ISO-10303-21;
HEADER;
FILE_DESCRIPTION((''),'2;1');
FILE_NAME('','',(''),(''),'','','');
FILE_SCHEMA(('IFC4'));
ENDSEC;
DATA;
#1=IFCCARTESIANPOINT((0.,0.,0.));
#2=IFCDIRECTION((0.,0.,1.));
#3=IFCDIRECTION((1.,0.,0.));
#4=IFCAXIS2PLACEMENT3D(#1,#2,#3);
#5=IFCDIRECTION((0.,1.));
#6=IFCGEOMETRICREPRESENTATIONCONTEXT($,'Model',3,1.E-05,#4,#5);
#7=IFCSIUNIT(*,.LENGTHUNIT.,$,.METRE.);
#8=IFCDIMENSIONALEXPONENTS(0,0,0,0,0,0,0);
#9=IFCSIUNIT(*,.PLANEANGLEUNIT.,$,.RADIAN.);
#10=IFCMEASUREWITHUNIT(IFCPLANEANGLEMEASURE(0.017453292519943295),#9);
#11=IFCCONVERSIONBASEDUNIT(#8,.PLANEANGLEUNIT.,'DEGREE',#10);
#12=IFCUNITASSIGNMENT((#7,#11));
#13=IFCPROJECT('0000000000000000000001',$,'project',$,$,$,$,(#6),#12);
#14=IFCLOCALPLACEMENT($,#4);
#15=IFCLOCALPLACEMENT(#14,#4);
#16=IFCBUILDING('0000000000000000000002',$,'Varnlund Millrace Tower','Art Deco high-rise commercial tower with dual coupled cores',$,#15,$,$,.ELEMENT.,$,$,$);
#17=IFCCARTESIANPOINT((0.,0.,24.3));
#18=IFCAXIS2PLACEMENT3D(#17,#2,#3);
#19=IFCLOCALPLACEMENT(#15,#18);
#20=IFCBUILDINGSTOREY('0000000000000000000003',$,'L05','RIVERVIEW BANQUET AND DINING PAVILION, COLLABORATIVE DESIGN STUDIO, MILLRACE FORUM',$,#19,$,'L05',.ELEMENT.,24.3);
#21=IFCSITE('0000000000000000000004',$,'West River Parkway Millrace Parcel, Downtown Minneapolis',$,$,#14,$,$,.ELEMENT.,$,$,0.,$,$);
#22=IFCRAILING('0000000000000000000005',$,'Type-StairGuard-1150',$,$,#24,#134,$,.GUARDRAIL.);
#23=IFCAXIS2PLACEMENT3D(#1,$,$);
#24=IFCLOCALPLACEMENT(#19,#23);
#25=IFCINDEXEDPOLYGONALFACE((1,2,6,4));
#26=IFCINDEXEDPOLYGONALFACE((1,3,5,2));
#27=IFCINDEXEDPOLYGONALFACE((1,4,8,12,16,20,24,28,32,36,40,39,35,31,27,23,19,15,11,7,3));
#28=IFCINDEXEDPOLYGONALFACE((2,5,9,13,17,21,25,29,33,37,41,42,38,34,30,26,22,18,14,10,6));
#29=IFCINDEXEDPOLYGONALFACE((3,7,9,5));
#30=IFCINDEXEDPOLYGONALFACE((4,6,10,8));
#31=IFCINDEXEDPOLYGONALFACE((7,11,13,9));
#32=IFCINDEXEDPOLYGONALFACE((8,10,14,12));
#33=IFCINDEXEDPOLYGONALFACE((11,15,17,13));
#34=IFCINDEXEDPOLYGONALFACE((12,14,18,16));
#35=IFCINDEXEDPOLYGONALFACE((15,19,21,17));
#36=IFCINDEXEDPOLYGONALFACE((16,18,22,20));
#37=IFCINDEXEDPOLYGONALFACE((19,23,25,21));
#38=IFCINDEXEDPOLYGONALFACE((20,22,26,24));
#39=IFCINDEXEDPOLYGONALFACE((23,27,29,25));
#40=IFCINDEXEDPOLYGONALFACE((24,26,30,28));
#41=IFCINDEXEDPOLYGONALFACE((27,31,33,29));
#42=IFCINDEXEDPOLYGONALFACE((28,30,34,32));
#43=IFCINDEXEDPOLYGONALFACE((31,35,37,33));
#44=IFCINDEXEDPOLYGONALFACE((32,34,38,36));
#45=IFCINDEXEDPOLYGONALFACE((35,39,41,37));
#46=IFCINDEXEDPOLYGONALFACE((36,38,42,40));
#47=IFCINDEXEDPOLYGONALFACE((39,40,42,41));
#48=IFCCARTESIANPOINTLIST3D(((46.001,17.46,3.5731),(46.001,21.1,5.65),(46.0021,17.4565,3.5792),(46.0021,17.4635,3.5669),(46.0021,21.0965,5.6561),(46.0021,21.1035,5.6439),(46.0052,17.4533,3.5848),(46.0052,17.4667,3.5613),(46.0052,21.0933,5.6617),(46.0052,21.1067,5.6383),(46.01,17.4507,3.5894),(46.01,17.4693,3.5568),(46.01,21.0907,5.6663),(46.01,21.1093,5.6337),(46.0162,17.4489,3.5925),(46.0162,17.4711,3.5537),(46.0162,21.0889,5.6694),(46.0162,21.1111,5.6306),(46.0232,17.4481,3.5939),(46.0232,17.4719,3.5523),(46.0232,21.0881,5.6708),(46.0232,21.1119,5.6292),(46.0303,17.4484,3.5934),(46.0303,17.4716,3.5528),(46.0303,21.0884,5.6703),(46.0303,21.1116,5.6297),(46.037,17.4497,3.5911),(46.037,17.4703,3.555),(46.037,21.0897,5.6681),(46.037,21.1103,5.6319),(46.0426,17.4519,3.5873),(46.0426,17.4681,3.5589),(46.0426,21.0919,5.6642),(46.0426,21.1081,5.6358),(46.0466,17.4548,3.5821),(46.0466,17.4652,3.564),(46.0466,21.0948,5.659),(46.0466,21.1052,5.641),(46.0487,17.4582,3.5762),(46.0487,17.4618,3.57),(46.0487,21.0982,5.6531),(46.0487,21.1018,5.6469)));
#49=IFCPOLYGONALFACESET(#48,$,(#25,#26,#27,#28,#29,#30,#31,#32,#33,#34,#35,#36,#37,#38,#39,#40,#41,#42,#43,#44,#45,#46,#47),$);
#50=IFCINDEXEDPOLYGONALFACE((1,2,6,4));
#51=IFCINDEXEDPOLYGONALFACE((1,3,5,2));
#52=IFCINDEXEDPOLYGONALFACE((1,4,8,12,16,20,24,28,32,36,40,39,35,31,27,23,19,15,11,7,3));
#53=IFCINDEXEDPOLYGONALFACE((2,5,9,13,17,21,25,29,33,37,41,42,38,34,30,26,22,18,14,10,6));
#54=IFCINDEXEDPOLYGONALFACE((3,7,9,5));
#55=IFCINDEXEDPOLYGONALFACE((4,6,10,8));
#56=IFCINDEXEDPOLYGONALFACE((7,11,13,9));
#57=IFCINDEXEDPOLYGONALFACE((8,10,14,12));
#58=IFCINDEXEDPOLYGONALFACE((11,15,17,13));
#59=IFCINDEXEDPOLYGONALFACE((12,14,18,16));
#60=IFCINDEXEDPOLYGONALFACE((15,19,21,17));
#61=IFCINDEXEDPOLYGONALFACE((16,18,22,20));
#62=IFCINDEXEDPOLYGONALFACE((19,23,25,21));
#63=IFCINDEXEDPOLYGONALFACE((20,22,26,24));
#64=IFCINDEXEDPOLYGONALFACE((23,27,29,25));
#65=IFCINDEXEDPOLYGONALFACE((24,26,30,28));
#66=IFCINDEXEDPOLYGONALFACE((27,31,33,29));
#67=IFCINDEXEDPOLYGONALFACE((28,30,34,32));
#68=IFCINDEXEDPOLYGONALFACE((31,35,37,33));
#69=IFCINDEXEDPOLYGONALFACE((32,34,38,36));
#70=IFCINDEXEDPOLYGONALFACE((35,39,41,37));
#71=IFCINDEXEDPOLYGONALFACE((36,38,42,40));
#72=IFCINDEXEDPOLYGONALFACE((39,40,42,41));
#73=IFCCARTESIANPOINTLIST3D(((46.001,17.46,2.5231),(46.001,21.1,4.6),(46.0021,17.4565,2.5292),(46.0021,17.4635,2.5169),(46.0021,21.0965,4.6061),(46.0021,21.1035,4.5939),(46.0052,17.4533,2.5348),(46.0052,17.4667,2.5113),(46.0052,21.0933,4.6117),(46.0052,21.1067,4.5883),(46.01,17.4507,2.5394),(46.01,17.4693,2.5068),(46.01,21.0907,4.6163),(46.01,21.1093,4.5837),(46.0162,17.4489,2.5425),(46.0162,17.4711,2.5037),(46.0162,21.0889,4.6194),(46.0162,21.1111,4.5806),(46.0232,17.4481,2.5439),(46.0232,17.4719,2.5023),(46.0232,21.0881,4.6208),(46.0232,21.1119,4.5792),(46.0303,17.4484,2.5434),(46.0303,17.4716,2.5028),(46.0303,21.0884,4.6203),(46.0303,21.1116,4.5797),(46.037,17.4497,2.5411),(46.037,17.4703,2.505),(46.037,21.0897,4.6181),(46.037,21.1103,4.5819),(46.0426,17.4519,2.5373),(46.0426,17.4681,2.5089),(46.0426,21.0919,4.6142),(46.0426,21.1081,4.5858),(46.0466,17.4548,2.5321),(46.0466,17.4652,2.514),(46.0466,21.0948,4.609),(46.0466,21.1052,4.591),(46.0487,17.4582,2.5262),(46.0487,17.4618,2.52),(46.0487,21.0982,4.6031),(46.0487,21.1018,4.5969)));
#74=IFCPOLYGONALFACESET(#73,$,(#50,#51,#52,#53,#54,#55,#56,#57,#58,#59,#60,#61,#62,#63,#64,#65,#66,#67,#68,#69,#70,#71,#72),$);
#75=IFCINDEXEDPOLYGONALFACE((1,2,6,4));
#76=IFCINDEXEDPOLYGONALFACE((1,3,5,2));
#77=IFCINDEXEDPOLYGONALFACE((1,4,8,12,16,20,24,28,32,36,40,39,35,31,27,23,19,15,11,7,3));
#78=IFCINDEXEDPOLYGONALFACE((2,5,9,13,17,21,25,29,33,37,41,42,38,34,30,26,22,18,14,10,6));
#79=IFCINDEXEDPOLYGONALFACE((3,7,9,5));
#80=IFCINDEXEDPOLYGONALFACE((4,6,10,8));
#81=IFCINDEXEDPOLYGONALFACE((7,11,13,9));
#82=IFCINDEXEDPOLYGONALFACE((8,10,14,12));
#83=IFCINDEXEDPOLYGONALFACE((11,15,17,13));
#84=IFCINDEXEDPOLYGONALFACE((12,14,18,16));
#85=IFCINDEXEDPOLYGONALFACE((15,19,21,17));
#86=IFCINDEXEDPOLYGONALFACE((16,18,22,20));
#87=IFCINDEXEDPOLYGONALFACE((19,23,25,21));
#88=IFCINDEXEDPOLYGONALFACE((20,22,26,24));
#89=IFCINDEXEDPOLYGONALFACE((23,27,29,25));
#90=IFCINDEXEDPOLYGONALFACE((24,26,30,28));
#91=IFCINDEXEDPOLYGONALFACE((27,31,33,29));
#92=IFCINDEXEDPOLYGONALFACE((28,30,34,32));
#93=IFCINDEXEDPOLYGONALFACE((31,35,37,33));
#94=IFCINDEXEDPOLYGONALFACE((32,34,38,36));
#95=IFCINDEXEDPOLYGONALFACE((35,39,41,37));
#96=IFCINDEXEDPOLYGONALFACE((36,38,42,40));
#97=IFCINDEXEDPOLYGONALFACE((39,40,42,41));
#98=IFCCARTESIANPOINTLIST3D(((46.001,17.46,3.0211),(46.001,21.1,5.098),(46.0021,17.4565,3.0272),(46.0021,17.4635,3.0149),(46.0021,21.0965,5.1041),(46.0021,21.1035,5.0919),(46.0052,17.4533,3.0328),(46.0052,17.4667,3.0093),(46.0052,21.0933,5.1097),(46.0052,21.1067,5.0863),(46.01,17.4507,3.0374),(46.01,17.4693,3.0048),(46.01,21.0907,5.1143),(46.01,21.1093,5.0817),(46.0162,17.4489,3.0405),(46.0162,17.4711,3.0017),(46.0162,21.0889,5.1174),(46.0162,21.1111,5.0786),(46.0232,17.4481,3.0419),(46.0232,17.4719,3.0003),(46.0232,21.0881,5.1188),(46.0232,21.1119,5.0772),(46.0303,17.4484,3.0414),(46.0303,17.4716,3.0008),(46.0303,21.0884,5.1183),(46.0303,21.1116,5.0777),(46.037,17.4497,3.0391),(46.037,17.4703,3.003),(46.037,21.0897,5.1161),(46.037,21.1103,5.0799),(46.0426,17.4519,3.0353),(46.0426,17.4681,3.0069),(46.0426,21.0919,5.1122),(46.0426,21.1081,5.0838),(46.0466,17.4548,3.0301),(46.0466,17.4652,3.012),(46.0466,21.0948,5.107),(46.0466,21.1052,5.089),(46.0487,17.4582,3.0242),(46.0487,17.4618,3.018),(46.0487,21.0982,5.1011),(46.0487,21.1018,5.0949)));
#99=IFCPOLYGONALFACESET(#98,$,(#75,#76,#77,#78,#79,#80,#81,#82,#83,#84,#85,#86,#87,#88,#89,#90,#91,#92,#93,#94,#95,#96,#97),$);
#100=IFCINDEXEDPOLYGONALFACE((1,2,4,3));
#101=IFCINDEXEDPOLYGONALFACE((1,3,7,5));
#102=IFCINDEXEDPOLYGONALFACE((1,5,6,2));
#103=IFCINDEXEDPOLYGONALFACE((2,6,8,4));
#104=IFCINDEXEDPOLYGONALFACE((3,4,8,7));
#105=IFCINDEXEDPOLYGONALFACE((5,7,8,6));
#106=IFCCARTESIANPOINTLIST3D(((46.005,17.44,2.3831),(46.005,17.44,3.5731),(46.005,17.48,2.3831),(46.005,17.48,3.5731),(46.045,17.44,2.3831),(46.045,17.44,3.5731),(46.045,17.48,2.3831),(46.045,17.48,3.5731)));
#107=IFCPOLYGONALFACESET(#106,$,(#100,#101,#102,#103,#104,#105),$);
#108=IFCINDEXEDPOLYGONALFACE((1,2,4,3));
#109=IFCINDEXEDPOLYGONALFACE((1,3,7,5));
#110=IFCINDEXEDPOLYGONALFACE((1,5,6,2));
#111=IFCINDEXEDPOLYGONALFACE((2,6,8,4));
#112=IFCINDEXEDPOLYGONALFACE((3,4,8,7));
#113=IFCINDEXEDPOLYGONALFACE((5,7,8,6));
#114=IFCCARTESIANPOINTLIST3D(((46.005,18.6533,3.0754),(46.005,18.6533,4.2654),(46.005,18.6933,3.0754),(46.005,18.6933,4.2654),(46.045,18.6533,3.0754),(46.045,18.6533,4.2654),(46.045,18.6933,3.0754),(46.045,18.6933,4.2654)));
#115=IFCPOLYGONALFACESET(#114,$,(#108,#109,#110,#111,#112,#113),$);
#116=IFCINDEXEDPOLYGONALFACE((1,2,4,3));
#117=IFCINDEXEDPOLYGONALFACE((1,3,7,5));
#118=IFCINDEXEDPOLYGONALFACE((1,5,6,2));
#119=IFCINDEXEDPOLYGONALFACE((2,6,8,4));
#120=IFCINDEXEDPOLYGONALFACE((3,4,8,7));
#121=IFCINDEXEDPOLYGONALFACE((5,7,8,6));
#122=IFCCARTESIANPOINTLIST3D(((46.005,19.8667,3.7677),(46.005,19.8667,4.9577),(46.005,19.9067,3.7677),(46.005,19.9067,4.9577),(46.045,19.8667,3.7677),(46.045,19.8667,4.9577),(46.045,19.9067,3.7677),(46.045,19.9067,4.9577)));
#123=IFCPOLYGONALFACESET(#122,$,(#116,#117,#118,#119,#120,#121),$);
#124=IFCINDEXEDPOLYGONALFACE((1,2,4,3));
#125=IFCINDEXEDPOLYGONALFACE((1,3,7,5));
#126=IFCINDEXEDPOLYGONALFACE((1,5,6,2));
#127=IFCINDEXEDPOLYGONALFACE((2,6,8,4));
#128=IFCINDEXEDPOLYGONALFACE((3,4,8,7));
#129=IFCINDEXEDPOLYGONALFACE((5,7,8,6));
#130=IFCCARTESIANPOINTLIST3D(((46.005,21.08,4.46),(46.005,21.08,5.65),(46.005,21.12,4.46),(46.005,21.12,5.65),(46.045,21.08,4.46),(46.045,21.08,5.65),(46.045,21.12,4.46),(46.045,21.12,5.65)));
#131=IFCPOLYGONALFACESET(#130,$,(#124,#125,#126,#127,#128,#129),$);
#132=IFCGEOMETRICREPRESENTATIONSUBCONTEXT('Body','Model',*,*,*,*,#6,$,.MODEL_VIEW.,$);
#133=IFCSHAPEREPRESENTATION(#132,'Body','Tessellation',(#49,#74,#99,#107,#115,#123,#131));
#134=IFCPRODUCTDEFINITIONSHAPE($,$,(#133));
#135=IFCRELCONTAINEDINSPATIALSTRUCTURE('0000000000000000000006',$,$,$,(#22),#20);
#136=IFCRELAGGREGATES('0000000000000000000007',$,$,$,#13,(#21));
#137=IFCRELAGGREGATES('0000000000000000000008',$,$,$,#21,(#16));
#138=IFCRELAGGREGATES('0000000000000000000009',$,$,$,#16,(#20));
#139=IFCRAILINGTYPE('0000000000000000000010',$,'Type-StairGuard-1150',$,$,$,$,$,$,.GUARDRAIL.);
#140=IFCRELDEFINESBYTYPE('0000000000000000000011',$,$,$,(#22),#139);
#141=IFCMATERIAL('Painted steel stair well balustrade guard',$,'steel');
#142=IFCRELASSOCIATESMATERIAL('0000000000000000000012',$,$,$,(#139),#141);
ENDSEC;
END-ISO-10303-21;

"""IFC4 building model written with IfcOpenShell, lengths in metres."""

from ifc_helpers import new_model, entity, si_unit, converted_unit, direction, frame, origin_with_axes, origin_2d_with_axis, place, context, subcontext, project, spatial, rectangle, circle, extrude, material, type_object, element, save


model = new_model("IFC4")

# Units and contexts
model_context = context("Model", 3, precision=1e-05, world=origin_with_axes(), true_north=direction((0.0, 1.0)))
body_context = subcontext(model_context, "Body", "Model", "MODEL_VIEW")
ifc_project = project(units=[si_unit("LENGTHUNIT", "METRE"), converted_unit("PLANEANGLEUNIT", "DEGREE", entity("IfcPlaneAngleMeasure", 0.017453292519943295), si_unit("PLANEANGLEUNIT", "RADIAN"), dimensions=[0, 0, 0, 0, 0, 0, 0])], contexts=[model_context])

# Site, building, storey
site_placement = place(None, origin_with_axes())
site = spatial("IfcSite", under=ifc_project, at=site_placement, Name="West River Parkway Millrace Parcel, Downtown Minneapolis", CompositionType="ELEMENT", RefElevation=0.0)
building_placement = place(site_placement, origin_with_axes())
building = spatial("IfcBuilding", under=site, at=building_placement, Name="Varnlund Millrace Tower", Description="Art Deco high-rise commercial tower with dual coupled cores", CompositionType="ELEMENT")
storey_placement = place(building_placement, frame((0.0, 0.0, 24.3), z_axis=(0.0, 0.0, 1.0), x_axis=(1.0, 0.0, 0.0)))
storey = spatial("IfcBuildingStorey", under=building, at=storey_placement, Name="L05", Description="RIVERVIEW BANQUET AND DINING PAVILION, COLLABORATIVE DESIGN STUDIO, MILLRACE FORUM", LongName="L05", CompositionType="ELEMENT", Elevation=24.3)

# Railing
ifc_material_1 = material(Name="Painted steel stair well balustrade guard", Category="steel")
railing_type_1 = type_object("IfcRailingType", Name="Type-StairGuard-1150", PredefinedType="GUARDRAIL", material=ifc_material_1)
railing_1_placement = place(storey_placement, frame((0.0, 0.0, -24.3), z_axis=(0.0, 0.0, 1.0), x_axis=(1.0, 0.0, 0.0)))
element("IfcRailing", 1, at=railing_1_placement, inside=storey, type_object=railing_type_1, Name="Type-StairGuard-1150", PredefinedType="GUARDRAIL", context=body_context, shape_type="SweptSolid", body=[
    extrude(circle(Radius=0.024, at=origin_2d_with_axis()), frame((46.025, 17.46, 27.8731), z_axis=(0.0, 0.868559, 0.495585), x_axis=(-1.0, 0.0, 0.0)), (0.0, 0.0, 1.0), 4.1908),
    extrude(circle(Radius=0.024, at=origin_2d_with_axis()), frame((46.025, 17.46, 26.8231), z_axis=(0.0, 0.868559, 0.495585), x_axis=(-1.0, 0.0, 0.0)), (0.0, 0.0, 1.0), 4.1908),
    extrude(circle(Radius=0.024, at=origin_2d_with_axis()), frame((46.025, 17.46, 27.3211), z_axis=(0.0, 0.868559, 0.495585), x_axis=(-1.0, 0.0, 0.0)), (0.0, 0.0, 1.0), 4.1908),
    extrude(rectangle(XDim=0.04, YDim=0.04, at=origin_2d_with_axis()), frame((46.025, 17.46, 26.6831), z_axis=(0.0, 0.0, 1.0), x_axis=(1.0, 0.0, 0.0)), (0.0, 0.0, 1.0), 1.19),
    extrude(rectangle(XDim=0.04, YDim=0.04, at=origin_2d_with_axis()), frame((46.025, 18.6733, 27.3754), z_axis=(0.0, 0.0, 1.0), x_axis=(1.0, 0.0, 0.0)), (0.0, 0.0, 1.0), 1.19),
    extrude(rectangle(XDim=0.04, YDim=0.04, at=origin_2d_with_axis()), frame((46.025, 19.8867, 28.0677), z_axis=(0.0, 0.0, 1.0), x_axis=(1.0, 0.0, 0.0)), (0.0, 0.0, 1.0), 1.19),
    extrude(rectangle(XDim=0.04, YDim=0.04, at=origin_2d_with_axis()), frame((46.025, 21.1, 28.76), z_axis=(0.0, 0.0, 1.0), x_axis=(1.0, 0.0, 0.0)), (0.0, 0.0, 1.0), 1.19),
])

save(model, "model.ifc")
